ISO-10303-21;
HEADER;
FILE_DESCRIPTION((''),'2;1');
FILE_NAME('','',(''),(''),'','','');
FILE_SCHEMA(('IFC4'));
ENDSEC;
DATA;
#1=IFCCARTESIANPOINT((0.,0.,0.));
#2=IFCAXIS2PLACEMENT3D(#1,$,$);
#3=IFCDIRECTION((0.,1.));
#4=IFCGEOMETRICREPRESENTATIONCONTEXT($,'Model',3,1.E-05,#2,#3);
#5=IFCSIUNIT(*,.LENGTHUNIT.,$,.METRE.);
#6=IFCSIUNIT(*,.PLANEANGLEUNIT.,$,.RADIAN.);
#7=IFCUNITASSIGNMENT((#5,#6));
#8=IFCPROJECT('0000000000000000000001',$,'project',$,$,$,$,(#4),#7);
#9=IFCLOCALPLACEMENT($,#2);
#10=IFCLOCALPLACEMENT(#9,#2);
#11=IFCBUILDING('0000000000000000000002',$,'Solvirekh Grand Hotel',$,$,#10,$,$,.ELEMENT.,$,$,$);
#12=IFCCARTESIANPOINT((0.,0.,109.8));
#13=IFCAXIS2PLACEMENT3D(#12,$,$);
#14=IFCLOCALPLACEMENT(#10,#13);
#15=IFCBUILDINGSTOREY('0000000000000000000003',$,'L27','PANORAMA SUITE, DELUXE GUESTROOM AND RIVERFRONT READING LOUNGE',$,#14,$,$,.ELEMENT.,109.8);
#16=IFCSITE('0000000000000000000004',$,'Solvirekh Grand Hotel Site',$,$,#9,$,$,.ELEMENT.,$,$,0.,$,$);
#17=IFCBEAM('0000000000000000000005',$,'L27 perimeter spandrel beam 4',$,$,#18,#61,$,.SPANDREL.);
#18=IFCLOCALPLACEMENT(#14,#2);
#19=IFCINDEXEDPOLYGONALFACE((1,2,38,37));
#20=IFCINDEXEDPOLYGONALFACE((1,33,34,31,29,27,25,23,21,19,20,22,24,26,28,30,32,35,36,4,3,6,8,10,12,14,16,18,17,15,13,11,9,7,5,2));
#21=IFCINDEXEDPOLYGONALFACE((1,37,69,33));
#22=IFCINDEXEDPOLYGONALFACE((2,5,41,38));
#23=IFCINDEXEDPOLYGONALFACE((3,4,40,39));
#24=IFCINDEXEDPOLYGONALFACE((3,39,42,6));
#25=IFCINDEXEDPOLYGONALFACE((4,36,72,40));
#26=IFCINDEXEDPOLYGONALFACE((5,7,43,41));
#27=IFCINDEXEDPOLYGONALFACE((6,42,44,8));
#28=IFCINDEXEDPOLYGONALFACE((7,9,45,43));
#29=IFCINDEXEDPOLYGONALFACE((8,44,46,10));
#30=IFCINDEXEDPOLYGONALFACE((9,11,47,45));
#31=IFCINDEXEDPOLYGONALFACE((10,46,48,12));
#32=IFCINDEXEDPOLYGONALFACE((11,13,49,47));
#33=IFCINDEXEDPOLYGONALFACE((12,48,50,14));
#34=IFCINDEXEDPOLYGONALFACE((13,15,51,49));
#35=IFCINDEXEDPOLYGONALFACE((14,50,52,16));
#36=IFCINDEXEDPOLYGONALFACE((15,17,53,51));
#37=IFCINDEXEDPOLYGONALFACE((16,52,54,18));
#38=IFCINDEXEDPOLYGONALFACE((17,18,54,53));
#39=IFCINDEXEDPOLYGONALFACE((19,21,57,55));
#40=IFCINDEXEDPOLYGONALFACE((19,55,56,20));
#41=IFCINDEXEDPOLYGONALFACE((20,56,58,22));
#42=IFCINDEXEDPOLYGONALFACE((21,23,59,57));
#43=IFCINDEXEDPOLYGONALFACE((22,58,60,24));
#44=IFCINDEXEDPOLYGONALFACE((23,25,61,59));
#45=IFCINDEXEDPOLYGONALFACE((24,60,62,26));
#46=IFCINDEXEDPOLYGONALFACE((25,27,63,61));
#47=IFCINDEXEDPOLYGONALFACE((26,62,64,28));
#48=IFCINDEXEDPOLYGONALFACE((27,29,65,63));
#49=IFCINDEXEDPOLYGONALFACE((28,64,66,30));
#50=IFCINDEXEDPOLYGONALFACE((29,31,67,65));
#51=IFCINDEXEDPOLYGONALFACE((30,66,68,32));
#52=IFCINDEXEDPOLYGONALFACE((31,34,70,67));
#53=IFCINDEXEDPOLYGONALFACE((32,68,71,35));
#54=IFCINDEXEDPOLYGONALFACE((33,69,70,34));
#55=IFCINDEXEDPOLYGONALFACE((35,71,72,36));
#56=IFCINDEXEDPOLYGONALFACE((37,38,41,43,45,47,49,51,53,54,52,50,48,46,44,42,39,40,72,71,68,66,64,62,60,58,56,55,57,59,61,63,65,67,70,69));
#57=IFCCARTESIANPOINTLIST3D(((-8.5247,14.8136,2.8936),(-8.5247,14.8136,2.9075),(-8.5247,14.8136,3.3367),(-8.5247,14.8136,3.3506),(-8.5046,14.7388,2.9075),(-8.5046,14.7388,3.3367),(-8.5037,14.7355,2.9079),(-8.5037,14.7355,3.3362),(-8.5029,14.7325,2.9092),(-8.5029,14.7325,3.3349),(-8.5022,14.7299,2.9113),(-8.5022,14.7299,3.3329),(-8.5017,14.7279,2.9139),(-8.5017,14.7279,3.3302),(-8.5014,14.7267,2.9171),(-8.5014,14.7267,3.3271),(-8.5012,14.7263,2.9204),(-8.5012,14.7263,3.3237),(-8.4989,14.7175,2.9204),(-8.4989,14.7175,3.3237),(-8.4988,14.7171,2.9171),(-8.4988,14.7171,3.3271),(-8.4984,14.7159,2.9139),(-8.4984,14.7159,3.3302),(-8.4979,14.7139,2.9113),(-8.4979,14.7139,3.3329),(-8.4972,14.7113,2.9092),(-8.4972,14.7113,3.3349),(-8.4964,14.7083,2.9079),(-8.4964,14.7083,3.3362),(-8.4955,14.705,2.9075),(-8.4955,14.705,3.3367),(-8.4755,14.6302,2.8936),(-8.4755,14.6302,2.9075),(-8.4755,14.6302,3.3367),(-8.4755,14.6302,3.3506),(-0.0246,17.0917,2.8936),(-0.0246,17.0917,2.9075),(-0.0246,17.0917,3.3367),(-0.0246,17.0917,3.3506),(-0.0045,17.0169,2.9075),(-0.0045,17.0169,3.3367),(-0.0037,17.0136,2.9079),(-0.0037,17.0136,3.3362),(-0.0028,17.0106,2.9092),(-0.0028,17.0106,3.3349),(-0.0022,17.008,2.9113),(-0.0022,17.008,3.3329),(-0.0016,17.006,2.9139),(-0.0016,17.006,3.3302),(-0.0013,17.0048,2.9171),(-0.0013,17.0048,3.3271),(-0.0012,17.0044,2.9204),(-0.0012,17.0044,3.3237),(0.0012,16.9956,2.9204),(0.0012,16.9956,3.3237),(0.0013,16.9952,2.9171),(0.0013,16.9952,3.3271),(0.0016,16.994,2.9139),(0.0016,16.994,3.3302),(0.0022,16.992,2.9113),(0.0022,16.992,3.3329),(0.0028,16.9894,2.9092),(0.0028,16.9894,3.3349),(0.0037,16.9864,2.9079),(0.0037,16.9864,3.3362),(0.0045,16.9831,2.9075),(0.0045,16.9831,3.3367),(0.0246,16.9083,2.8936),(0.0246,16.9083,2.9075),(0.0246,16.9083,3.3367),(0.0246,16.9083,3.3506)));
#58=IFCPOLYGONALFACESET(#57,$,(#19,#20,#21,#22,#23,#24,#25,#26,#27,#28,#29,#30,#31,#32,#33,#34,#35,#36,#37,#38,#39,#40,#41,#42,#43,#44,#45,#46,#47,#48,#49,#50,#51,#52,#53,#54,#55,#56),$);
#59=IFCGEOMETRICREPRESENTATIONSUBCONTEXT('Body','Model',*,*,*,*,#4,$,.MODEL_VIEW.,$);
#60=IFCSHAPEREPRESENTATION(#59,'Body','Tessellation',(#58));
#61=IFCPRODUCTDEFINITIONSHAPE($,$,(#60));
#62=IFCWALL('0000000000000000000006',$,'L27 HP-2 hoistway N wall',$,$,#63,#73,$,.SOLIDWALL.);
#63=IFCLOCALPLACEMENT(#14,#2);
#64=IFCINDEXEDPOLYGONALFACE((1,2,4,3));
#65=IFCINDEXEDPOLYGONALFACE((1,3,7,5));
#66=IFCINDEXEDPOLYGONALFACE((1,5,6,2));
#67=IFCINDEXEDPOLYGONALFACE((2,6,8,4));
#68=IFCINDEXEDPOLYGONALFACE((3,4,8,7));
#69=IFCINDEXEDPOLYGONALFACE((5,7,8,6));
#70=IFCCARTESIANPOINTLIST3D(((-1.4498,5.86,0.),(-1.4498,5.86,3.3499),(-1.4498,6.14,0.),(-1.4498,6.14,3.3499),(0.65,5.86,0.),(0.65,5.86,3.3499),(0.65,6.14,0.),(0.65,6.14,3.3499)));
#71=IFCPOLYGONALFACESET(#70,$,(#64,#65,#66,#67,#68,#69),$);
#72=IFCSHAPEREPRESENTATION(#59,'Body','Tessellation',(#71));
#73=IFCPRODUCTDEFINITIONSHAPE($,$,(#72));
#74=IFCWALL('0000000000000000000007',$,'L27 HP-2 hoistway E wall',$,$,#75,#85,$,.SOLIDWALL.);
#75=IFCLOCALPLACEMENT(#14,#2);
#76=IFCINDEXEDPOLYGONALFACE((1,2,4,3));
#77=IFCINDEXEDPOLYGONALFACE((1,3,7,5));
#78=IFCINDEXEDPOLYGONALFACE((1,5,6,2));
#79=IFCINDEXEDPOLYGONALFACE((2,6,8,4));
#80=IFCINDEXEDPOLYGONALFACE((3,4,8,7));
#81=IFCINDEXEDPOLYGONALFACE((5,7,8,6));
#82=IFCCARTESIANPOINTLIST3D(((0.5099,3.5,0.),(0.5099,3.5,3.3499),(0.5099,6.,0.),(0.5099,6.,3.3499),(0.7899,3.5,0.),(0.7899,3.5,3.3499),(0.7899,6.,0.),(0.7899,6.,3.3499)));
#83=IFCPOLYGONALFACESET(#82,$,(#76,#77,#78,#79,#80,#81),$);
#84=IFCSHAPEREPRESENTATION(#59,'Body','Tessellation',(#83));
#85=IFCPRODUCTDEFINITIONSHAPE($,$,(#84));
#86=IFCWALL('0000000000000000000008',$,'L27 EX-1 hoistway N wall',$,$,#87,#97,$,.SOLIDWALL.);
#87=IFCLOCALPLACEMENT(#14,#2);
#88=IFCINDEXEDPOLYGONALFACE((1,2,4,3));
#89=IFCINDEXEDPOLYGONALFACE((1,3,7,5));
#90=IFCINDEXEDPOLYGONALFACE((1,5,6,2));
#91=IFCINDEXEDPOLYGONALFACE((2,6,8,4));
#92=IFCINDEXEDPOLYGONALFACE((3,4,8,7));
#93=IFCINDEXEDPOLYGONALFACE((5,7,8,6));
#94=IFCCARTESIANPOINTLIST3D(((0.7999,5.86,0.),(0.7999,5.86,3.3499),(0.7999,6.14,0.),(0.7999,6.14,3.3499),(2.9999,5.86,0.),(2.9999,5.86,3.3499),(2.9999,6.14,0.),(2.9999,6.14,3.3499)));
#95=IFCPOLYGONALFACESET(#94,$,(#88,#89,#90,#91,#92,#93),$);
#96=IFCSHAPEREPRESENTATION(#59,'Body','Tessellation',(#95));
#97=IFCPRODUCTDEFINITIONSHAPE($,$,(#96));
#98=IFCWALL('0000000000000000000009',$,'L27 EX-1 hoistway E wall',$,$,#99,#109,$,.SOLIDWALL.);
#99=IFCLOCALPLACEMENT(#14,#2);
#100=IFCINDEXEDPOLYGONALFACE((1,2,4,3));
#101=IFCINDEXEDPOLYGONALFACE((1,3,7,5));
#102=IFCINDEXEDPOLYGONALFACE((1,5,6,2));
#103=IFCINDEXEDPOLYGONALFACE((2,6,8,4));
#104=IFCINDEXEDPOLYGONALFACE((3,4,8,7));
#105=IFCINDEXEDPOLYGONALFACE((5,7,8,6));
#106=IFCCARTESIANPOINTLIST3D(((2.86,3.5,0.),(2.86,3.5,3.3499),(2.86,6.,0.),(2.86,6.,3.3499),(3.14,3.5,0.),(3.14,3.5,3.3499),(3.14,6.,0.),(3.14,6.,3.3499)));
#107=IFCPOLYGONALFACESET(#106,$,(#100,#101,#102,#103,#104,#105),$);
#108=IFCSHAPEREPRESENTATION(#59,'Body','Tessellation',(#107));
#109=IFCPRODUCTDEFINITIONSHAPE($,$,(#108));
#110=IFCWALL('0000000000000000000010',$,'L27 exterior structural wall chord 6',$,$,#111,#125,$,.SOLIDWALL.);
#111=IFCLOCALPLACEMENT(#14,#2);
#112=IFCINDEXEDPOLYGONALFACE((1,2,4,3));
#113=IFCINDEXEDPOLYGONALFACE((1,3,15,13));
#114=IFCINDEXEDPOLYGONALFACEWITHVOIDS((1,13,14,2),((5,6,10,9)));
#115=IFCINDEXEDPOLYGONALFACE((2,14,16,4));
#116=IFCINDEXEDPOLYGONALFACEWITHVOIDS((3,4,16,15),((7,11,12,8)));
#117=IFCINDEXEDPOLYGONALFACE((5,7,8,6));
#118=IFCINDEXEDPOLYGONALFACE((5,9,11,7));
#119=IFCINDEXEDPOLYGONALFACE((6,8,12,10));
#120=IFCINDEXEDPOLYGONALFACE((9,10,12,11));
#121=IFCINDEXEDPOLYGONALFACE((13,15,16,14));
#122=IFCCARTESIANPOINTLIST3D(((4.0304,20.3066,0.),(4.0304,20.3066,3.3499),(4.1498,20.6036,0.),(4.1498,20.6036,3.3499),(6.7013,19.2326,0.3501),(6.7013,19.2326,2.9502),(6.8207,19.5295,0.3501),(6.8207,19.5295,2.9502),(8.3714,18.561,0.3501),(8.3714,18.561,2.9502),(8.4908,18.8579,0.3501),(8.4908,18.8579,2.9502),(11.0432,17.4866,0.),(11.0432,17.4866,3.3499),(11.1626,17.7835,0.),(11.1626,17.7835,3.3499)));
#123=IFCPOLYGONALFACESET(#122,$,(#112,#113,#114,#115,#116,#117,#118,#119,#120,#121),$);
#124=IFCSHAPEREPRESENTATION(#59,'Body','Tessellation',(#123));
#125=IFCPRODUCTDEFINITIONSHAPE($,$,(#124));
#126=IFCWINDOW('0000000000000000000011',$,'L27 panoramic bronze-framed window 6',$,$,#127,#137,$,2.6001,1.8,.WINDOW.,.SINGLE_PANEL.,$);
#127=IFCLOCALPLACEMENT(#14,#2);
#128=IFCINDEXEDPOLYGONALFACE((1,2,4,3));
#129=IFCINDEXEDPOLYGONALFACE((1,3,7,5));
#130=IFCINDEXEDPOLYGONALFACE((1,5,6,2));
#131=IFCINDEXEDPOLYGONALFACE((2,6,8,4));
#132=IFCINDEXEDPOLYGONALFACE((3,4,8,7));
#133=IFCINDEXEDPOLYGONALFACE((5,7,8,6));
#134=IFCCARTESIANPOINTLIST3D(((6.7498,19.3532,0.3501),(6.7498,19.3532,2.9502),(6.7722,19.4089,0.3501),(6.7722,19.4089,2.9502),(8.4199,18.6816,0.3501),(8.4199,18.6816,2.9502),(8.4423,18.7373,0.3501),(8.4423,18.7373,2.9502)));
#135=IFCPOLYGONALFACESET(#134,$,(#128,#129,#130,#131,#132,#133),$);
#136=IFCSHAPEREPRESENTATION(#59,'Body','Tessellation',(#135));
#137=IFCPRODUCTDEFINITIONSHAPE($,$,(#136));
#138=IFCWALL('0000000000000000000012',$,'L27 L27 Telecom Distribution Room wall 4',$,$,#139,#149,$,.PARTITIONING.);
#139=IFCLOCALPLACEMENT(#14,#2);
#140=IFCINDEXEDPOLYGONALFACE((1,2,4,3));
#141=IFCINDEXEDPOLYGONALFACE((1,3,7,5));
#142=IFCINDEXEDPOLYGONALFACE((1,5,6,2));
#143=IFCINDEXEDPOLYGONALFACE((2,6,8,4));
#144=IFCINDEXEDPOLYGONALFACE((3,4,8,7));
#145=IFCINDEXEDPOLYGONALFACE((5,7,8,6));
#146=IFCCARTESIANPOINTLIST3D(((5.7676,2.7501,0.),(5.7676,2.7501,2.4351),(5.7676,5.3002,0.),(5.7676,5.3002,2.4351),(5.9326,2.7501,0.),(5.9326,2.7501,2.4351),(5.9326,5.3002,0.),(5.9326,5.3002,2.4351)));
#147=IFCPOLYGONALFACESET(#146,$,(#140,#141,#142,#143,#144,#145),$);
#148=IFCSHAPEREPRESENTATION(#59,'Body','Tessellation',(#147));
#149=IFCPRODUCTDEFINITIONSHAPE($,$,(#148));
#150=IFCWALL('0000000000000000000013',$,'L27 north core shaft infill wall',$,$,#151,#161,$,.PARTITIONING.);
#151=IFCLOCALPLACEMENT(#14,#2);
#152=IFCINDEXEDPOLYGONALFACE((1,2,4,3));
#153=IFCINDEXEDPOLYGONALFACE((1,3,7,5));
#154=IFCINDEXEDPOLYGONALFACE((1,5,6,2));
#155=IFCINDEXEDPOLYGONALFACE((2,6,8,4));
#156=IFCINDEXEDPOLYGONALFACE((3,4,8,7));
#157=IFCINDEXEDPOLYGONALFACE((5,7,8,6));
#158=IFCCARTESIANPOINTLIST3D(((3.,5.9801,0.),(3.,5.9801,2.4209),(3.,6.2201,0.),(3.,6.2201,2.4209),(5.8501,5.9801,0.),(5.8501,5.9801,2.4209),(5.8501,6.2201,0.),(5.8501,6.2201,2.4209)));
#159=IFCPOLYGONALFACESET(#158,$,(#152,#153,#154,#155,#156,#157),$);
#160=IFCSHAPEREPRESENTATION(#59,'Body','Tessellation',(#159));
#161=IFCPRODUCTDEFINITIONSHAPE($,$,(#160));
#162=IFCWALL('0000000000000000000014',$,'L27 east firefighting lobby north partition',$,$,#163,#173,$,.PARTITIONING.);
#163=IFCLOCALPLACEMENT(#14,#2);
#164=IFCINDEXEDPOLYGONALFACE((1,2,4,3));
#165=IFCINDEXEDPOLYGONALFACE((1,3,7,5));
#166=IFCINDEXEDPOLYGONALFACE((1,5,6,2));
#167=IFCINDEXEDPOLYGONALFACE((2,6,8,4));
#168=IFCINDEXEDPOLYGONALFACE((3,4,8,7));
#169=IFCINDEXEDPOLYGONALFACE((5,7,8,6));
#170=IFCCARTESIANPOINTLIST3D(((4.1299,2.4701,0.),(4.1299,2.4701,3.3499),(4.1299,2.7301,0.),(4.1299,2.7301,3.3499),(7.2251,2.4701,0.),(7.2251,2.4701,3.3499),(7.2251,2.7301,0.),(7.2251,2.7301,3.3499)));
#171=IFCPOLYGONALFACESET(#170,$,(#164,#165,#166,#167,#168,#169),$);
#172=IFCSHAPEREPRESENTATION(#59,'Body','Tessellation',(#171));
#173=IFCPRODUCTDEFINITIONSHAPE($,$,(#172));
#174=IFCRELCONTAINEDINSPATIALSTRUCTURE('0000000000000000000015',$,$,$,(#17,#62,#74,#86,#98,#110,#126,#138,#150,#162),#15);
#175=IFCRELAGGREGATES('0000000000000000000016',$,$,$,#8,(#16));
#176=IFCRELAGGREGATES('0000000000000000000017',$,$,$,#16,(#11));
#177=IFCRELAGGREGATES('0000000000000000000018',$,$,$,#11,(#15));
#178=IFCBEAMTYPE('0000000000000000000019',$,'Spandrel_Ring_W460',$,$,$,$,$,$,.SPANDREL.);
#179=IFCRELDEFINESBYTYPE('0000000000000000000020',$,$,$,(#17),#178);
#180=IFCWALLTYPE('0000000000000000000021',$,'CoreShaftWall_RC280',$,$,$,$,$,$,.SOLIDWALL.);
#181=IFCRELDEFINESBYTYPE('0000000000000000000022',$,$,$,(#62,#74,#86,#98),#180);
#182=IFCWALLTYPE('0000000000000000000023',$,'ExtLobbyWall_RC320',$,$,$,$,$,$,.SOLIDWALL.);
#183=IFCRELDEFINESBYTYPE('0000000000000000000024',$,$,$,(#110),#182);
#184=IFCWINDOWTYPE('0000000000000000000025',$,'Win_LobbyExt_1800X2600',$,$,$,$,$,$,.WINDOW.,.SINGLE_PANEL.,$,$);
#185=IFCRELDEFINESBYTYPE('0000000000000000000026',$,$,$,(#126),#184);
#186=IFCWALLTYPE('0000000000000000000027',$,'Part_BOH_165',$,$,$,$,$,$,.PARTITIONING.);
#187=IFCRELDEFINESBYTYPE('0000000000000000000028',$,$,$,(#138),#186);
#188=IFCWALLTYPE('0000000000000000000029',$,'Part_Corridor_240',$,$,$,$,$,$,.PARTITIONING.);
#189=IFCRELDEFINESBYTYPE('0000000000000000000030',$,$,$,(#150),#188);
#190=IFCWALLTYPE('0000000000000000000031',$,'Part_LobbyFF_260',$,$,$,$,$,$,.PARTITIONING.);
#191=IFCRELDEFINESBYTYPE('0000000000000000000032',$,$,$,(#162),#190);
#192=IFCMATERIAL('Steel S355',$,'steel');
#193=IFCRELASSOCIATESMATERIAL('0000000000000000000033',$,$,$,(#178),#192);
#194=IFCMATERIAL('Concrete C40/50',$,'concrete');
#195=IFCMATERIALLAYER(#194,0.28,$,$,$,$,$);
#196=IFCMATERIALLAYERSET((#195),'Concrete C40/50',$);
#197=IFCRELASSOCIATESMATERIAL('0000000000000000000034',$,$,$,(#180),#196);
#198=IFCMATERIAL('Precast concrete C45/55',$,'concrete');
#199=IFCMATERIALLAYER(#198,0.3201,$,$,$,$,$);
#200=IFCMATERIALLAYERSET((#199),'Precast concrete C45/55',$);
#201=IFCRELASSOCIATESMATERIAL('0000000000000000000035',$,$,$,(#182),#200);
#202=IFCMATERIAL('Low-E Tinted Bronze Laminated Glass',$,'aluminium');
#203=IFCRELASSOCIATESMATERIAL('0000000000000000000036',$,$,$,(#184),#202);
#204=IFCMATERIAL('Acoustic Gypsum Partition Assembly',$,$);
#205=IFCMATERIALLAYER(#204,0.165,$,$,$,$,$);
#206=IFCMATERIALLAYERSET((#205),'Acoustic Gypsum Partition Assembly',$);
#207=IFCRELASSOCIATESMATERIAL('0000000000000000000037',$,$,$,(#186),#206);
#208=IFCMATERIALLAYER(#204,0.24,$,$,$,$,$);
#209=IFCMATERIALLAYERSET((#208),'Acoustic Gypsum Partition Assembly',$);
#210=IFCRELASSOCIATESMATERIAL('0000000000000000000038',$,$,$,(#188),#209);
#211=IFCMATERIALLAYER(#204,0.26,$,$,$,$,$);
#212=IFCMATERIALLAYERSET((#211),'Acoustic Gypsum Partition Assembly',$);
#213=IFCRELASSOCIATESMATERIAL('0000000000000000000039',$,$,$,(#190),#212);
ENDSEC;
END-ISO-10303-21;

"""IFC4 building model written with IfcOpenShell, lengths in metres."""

from ifc_helpers import new_model, si_unit, direction, frame, frame_2d, origin, origin_2d, place, context, subcontext, project, spatial, rectangle, i_section, extrude, material, layer, layer_set, material_profile, profile_set, type_object, element, fill, save


model = new_model("IFC4")

# Units and contexts
model_context = context("Model", 3, precision=1e-05, world=origin(), true_north=direction((0.0, 1.0)))
body_context = subcontext(model_context, "Body", "Model", "MODEL_VIEW")
ifc_project = project(units=[si_unit("LENGTHUNIT", "METRE"), si_unit("PLANEANGLEUNIT", "RADIAN")], contexts=[model_context])

# Site, building, storey
site_placement = place(None, origin())
site = spatial("IfcSite", under=ifc_project, at=site_placement, Name="Solvirekh Grand Hotel Site", CompositionType="ELEMENT", RefElevation=0.0)
building_placement = place(site_placement, origin())
building = spatial("IfcBuilding", under=site, at=building_placement, Name="Solvirekh Grand Hotel", CompositionType="ELEMENT")
storey_placement = place(building_placement, frame((0.0, 0.0, 109.8)))
storey = spatial("IfcBuildingStorey", under=building, at=storey_placement, Name="L27", Description="PANORAMA SUITE, DELUXE GUESTROOM AND RIVERFRONT READING LOUNGE", CompositionType="ELEMENT", Elevation=109.8)

# Beam
ifc_material_1 = material(Name="Steel S355", Category="steel")
ifc_material_profile_1 = material_profile(ifc_material_1, i_section(OverallWidth=0.1899, OverallDepth=0.457, WebThickness=0.009, FlangeThickness=0.0139, FilletRadius=0.0129, at=origin_2d()), Name="W460X74")
ifc_profile_set_1 = profile_set([ifc_material_profile_1], Name="Steel S355")
beam_type_1 = type_object("IfcBeamType", Name="Spandrel_Ring_W460", PredefinedType="SPANDREL", material=ifc_profile_set_1)
beam_1_placement = place(storey_placement, frame((0.0, 17.0, 3.1221), z_axis=(-0.965911, -0.258873, 0.0), x_axis=(0.258873, -0.965911, 0.0)))
element("IfcBeam", 1, at=beam_1_placement, inside=storey, type_object=beam_type_1, Name="L27 perimeter spandrel beam 4", PredefinedType="SPANDREL", context=body_context, shape_type="SweptSolid", body=[
    extrude(i_section(OverallWidth=0.1899, OverallDepth=0.457, WebThickness=0.009, FlangeThickness=0.0139, FilletRadius=0.0129, at=origin_2d()), origin(), (0.0, 0.0, 1.0), 8.8),
])

# Walls
ifc_material_2 = material(Name="Concrete C40/50", Category="concrete")
ifc_layer_1 = layer(ifc_material_2, 0.28)
ifc_layer_set_1 = layer_set([ifc_layer_1], Name="Concrete C40/50")
wall_type_1 = type_object("IfcWallType", Name="CoreShaftWall_RC280", PredefinedType="SOLIDWALL", material=ifc_layer_set_1)
wall_1_placement = place(storey_placement, frame((0.6499, 6.0, 0.0), z_axis=(0.0, 0.0, 1.0), x_axis=(-1.0, 0.0, 0.0)))
element("IfcWall", 2, at=wall_1_placement, inside=storey, type_object=wall_type_1, Name="L27 HP-2 hoistway N wall", PredefinedType="SOLIDWALL", context=body_context, shape_type="SweptSolid", body=[
    extrude(rectangle(XDim=2.0999, YDim=0.28, at=frame_2d((1.0498, 0.0))), origin(), (0.0, 0.0, 1.0), 3.3499),
])
wall_2_placement = place(storey_placement, frame((0.6499, 3.5, 0.0), z_axis=(0.0, 0.0, 1.0), x_axis=(0.0, 1.0, 0.0)))
element("IfcWall", 3, at=wall_2_placement, inside=storey, type_object=wall_type_1, Name="L27 HP-2 hoistway E wall", PredefinedType="SOLIDWALL", context=body_context, shape_type="SweptSolid", body=[
    extrude(rectangle(XDim=2.5, YDim=0.28, at=frame_2d((1.25, 0.0))), origin(), (0.0, 0.0, 1.0), 3.3499),
])
wall_3_placement = place(storey_placement, frame((3.0, 6.0, 0.0), z_axis=(0.0, 0.0, 1.0), x_axis=(-1.0, 0.0, 0.0)))
element("IfcWall", 4, at=wall_3_placement, inside=storey, type_object=wall_type_1, Name="L27 EX-1 hoistway N wall", PredefinedType="SOLIDWALL", context=body_context, shape_type="SweptSolid", body=[
    extrude(rectangle(XDim=2.2, YDim=0.28, at=frame_2d((1.1001, 0.0))), origin(), (0.0, 0.0, 1.0), 3.3499),
])
wall_4_placement = place(storey_placement, frame((3.0, 3.5, 0.0), z_axis=(0.0, 0.0, 1.0), x_axis=(0.0, 1.0, 0.0)))
element("IfcWall", 5, at=wall_4_placement, inside=storey, type_object=wall_type_1, Name="L27 EX-1 hoistway E wall", PredefinedType="SOLIDWALL", context=body_context, shape_type="SweptSolid", body=[
    extrude(rectangle(XDim=2.5, YDim=0.28, at=frame_2d((1.25, 0.0))), origin(), (0.0, 0.0, 1.0), 3.3499),
])

# Wall, opening, window
ifc_material_3 = material(Name="Precast concrete C45/55", Category="concrete")
ifc_layer_2 = layer(ifc_material_3, 0.3201)
ifc_layer_set_2 = layer_set([ifc_layer_2], Name="Precast concrete C45/55")
wall_type_2 = type_object("IfcWallType", Name="ExtLobbyWall_RC320", PredefinedType="SOLIDWALL", material=ifc_layer_set_2)
wall_5_placement = place(storey_placement, frame((4.0901, 20.4551, 0.0), z_axis=(0.0, 0.0, 1.0), x_axis=(0.927796, -0.373089, 0.0)))
wall_5 = element("IfcWall", 6, at=wall_5_placement, inside=storey, type_object=wall_type_2, Name="L27 exterior structural wall chord 6", PredefinedType="SOLIDWALL", context=body_context, shape_type="SweptSolid", body=[
    extrude(rectangle(XDim=7.5586, YDim=0.3201, at=frame_2d((3.7793, 0.0))), origin(), (0.0, 0.0, 1.0), 3.3499),
])
opening_1_placement = place(wall_5_placement, frame((2.8789, 0.0, 0.3501)))
opening_1 = element("IfcOpeningElement", 7, at=opening_1_placement, cuts=wall_5, PredefinedType="OPENING", context=body_context, shape_type="SweptSolid", body=[
    extrude(rectangle(XDim=1.8, YDim=2.6001, at=frame_2d((0.8999, 1.3))), frame((0.0, 0.1699, 0.0), z_axis=(0.0, -1.0, 0.0), x_axis=(1.0, 0.0, 0.0)), (0.0, 0.0, 1.0), 0.3401),
])
ifc_material_4 = material(Name="Low-E Tinted Bronze Laminated Glass", Category="aluminium")
window_type = type_object("IfcWindowType", Name="Win_LobbyExt_1800X2600", PartitioningType="SINGLE_PANEL", PredefinedType="WINDOW", material=ifc_material_4)
window_placement = place(opening_1_placement, origin())
window = element("IfcWindow", 8, at=window_placement, inside=storey, type_object=window_type, Name="L27 panoramic bronze-framed window 6", OverallHeight=2.6001, OverallWidth=1.8, PartitioningType="SINGLE_PANEL", PredefinedType="WINDOW", context=body_context, shape_type="SweptSolid", body=[
    extrude(rectangle(XDim=1.8, YDim=2.6001, at=frame_2d((0.8999, 1.3))), frame((0.0, 0.03, 0.0), z_axis=(0.0, -1.0, 0.0), x_axis=(1.0, 0.0, 0.0)), (0.0, 0.0, 1.0), 0.0601),
])
fill(opening_1, window)

# Walls
ifc_material_5 = material(Name="Acoustic Gypsum Partition Assembly")
ifc_layer_3 = layer(ifc_material_5, 0.165)
ifc_layer_set_3 = layer_set([ifc_layer_3], Name="Acoustic Gypsum Partition Assembly")
wall_type_3 = type_object("IfcWallType", Name="Part_BOH_165", PredefinedType="PARTITIONING", material=ifc_layer_set_3)
wall_6_placement = place(storey_placement, frame((5.8501, 5.3, 0.0), z_axis=(0.0, 0.0, 1.0), x_axis=(0.0, -1.0, 0.0)))
element("IfcWall", 9, at=wall_6_placement, inside=storey, type_object=wall_type_3, Name="L27 L27 Telecom Distribution Room wall 4", PredefinedType="PARTITIONING", context=body_context, shape_type="SweptSolid", body=[
    extrude(rectangle(XDim=2.55, YDim=0.165, at=frame_2d((1.2749, 0.0))), origin(), (0.0, 0.0, 1.0), 2.4351),
])
ifc_layer_4 = layer(ifc_material_5, 0.24)
ifc_layer_set_4 = layer_set([ifc_layer_4], Name="Acoustic Gypsum Partition Assembly")
wall_type_4 = type_object("IfcWallType", Name="Part_Corridor_240", PredefinedType="PARTITIONING", material=ifc_layer_set_4)
wall_7_placement = place(storey_placement, frame((3.0, 6.1001, 0.0), z_axis=(0.0, 0.0, 1.0), x_axis=(1.0, 0.0, 0.0)))
element("IfcWall", 10, at=wall_7_placement, inside=storey, type_object=wall_type_4, Name="L27 north core shaft infill wall", PredefinedType="PARTITIONING", context=body_context, shape_type="SweptSolid", body=[
    extrude(rectangle(XDim=2.8501, YDim=0.24, at=frame_2d((1.425, 0.0))), origin(), (0.0, 0.0, 1.0), 2.4209),
])
ifc_layer_5 = layer(ifc_material_5, 0.26)
ifc_layer_set_5 = layer_set([ifc_layer_5], Name="Acoustic Gypsum Partition Assembly")
wall_type_5 = type_object("IfcWallType", Name="Part_LobbyFF_260", PredefinedType="PARTITIONING", material=ifc_layer_set_5)
wall_8_placement = place(storey_placement, frame((4.1299, 2.6001, 0.0), z_axis=(0.0, 0.0, 1.0), x_axis=(1.0, 0.0, 0.0)))
element("IfcWall", 11, at=wall_8_placement, inside=storey, type_object=wall_type_5, Name="L27 east firefighting lobby north partition", PredefinedType="PARTITIONING", context=body_context, shape_type="SweptSolid", body=[
    extrude(rectangle(XDim=3.0952, YDim=0.26, at=frame_2d((1.5476, 0.0))), origin(), (0.0, 0.0, 1.0), 3.3499),
])

save(model, "model.ifc")
